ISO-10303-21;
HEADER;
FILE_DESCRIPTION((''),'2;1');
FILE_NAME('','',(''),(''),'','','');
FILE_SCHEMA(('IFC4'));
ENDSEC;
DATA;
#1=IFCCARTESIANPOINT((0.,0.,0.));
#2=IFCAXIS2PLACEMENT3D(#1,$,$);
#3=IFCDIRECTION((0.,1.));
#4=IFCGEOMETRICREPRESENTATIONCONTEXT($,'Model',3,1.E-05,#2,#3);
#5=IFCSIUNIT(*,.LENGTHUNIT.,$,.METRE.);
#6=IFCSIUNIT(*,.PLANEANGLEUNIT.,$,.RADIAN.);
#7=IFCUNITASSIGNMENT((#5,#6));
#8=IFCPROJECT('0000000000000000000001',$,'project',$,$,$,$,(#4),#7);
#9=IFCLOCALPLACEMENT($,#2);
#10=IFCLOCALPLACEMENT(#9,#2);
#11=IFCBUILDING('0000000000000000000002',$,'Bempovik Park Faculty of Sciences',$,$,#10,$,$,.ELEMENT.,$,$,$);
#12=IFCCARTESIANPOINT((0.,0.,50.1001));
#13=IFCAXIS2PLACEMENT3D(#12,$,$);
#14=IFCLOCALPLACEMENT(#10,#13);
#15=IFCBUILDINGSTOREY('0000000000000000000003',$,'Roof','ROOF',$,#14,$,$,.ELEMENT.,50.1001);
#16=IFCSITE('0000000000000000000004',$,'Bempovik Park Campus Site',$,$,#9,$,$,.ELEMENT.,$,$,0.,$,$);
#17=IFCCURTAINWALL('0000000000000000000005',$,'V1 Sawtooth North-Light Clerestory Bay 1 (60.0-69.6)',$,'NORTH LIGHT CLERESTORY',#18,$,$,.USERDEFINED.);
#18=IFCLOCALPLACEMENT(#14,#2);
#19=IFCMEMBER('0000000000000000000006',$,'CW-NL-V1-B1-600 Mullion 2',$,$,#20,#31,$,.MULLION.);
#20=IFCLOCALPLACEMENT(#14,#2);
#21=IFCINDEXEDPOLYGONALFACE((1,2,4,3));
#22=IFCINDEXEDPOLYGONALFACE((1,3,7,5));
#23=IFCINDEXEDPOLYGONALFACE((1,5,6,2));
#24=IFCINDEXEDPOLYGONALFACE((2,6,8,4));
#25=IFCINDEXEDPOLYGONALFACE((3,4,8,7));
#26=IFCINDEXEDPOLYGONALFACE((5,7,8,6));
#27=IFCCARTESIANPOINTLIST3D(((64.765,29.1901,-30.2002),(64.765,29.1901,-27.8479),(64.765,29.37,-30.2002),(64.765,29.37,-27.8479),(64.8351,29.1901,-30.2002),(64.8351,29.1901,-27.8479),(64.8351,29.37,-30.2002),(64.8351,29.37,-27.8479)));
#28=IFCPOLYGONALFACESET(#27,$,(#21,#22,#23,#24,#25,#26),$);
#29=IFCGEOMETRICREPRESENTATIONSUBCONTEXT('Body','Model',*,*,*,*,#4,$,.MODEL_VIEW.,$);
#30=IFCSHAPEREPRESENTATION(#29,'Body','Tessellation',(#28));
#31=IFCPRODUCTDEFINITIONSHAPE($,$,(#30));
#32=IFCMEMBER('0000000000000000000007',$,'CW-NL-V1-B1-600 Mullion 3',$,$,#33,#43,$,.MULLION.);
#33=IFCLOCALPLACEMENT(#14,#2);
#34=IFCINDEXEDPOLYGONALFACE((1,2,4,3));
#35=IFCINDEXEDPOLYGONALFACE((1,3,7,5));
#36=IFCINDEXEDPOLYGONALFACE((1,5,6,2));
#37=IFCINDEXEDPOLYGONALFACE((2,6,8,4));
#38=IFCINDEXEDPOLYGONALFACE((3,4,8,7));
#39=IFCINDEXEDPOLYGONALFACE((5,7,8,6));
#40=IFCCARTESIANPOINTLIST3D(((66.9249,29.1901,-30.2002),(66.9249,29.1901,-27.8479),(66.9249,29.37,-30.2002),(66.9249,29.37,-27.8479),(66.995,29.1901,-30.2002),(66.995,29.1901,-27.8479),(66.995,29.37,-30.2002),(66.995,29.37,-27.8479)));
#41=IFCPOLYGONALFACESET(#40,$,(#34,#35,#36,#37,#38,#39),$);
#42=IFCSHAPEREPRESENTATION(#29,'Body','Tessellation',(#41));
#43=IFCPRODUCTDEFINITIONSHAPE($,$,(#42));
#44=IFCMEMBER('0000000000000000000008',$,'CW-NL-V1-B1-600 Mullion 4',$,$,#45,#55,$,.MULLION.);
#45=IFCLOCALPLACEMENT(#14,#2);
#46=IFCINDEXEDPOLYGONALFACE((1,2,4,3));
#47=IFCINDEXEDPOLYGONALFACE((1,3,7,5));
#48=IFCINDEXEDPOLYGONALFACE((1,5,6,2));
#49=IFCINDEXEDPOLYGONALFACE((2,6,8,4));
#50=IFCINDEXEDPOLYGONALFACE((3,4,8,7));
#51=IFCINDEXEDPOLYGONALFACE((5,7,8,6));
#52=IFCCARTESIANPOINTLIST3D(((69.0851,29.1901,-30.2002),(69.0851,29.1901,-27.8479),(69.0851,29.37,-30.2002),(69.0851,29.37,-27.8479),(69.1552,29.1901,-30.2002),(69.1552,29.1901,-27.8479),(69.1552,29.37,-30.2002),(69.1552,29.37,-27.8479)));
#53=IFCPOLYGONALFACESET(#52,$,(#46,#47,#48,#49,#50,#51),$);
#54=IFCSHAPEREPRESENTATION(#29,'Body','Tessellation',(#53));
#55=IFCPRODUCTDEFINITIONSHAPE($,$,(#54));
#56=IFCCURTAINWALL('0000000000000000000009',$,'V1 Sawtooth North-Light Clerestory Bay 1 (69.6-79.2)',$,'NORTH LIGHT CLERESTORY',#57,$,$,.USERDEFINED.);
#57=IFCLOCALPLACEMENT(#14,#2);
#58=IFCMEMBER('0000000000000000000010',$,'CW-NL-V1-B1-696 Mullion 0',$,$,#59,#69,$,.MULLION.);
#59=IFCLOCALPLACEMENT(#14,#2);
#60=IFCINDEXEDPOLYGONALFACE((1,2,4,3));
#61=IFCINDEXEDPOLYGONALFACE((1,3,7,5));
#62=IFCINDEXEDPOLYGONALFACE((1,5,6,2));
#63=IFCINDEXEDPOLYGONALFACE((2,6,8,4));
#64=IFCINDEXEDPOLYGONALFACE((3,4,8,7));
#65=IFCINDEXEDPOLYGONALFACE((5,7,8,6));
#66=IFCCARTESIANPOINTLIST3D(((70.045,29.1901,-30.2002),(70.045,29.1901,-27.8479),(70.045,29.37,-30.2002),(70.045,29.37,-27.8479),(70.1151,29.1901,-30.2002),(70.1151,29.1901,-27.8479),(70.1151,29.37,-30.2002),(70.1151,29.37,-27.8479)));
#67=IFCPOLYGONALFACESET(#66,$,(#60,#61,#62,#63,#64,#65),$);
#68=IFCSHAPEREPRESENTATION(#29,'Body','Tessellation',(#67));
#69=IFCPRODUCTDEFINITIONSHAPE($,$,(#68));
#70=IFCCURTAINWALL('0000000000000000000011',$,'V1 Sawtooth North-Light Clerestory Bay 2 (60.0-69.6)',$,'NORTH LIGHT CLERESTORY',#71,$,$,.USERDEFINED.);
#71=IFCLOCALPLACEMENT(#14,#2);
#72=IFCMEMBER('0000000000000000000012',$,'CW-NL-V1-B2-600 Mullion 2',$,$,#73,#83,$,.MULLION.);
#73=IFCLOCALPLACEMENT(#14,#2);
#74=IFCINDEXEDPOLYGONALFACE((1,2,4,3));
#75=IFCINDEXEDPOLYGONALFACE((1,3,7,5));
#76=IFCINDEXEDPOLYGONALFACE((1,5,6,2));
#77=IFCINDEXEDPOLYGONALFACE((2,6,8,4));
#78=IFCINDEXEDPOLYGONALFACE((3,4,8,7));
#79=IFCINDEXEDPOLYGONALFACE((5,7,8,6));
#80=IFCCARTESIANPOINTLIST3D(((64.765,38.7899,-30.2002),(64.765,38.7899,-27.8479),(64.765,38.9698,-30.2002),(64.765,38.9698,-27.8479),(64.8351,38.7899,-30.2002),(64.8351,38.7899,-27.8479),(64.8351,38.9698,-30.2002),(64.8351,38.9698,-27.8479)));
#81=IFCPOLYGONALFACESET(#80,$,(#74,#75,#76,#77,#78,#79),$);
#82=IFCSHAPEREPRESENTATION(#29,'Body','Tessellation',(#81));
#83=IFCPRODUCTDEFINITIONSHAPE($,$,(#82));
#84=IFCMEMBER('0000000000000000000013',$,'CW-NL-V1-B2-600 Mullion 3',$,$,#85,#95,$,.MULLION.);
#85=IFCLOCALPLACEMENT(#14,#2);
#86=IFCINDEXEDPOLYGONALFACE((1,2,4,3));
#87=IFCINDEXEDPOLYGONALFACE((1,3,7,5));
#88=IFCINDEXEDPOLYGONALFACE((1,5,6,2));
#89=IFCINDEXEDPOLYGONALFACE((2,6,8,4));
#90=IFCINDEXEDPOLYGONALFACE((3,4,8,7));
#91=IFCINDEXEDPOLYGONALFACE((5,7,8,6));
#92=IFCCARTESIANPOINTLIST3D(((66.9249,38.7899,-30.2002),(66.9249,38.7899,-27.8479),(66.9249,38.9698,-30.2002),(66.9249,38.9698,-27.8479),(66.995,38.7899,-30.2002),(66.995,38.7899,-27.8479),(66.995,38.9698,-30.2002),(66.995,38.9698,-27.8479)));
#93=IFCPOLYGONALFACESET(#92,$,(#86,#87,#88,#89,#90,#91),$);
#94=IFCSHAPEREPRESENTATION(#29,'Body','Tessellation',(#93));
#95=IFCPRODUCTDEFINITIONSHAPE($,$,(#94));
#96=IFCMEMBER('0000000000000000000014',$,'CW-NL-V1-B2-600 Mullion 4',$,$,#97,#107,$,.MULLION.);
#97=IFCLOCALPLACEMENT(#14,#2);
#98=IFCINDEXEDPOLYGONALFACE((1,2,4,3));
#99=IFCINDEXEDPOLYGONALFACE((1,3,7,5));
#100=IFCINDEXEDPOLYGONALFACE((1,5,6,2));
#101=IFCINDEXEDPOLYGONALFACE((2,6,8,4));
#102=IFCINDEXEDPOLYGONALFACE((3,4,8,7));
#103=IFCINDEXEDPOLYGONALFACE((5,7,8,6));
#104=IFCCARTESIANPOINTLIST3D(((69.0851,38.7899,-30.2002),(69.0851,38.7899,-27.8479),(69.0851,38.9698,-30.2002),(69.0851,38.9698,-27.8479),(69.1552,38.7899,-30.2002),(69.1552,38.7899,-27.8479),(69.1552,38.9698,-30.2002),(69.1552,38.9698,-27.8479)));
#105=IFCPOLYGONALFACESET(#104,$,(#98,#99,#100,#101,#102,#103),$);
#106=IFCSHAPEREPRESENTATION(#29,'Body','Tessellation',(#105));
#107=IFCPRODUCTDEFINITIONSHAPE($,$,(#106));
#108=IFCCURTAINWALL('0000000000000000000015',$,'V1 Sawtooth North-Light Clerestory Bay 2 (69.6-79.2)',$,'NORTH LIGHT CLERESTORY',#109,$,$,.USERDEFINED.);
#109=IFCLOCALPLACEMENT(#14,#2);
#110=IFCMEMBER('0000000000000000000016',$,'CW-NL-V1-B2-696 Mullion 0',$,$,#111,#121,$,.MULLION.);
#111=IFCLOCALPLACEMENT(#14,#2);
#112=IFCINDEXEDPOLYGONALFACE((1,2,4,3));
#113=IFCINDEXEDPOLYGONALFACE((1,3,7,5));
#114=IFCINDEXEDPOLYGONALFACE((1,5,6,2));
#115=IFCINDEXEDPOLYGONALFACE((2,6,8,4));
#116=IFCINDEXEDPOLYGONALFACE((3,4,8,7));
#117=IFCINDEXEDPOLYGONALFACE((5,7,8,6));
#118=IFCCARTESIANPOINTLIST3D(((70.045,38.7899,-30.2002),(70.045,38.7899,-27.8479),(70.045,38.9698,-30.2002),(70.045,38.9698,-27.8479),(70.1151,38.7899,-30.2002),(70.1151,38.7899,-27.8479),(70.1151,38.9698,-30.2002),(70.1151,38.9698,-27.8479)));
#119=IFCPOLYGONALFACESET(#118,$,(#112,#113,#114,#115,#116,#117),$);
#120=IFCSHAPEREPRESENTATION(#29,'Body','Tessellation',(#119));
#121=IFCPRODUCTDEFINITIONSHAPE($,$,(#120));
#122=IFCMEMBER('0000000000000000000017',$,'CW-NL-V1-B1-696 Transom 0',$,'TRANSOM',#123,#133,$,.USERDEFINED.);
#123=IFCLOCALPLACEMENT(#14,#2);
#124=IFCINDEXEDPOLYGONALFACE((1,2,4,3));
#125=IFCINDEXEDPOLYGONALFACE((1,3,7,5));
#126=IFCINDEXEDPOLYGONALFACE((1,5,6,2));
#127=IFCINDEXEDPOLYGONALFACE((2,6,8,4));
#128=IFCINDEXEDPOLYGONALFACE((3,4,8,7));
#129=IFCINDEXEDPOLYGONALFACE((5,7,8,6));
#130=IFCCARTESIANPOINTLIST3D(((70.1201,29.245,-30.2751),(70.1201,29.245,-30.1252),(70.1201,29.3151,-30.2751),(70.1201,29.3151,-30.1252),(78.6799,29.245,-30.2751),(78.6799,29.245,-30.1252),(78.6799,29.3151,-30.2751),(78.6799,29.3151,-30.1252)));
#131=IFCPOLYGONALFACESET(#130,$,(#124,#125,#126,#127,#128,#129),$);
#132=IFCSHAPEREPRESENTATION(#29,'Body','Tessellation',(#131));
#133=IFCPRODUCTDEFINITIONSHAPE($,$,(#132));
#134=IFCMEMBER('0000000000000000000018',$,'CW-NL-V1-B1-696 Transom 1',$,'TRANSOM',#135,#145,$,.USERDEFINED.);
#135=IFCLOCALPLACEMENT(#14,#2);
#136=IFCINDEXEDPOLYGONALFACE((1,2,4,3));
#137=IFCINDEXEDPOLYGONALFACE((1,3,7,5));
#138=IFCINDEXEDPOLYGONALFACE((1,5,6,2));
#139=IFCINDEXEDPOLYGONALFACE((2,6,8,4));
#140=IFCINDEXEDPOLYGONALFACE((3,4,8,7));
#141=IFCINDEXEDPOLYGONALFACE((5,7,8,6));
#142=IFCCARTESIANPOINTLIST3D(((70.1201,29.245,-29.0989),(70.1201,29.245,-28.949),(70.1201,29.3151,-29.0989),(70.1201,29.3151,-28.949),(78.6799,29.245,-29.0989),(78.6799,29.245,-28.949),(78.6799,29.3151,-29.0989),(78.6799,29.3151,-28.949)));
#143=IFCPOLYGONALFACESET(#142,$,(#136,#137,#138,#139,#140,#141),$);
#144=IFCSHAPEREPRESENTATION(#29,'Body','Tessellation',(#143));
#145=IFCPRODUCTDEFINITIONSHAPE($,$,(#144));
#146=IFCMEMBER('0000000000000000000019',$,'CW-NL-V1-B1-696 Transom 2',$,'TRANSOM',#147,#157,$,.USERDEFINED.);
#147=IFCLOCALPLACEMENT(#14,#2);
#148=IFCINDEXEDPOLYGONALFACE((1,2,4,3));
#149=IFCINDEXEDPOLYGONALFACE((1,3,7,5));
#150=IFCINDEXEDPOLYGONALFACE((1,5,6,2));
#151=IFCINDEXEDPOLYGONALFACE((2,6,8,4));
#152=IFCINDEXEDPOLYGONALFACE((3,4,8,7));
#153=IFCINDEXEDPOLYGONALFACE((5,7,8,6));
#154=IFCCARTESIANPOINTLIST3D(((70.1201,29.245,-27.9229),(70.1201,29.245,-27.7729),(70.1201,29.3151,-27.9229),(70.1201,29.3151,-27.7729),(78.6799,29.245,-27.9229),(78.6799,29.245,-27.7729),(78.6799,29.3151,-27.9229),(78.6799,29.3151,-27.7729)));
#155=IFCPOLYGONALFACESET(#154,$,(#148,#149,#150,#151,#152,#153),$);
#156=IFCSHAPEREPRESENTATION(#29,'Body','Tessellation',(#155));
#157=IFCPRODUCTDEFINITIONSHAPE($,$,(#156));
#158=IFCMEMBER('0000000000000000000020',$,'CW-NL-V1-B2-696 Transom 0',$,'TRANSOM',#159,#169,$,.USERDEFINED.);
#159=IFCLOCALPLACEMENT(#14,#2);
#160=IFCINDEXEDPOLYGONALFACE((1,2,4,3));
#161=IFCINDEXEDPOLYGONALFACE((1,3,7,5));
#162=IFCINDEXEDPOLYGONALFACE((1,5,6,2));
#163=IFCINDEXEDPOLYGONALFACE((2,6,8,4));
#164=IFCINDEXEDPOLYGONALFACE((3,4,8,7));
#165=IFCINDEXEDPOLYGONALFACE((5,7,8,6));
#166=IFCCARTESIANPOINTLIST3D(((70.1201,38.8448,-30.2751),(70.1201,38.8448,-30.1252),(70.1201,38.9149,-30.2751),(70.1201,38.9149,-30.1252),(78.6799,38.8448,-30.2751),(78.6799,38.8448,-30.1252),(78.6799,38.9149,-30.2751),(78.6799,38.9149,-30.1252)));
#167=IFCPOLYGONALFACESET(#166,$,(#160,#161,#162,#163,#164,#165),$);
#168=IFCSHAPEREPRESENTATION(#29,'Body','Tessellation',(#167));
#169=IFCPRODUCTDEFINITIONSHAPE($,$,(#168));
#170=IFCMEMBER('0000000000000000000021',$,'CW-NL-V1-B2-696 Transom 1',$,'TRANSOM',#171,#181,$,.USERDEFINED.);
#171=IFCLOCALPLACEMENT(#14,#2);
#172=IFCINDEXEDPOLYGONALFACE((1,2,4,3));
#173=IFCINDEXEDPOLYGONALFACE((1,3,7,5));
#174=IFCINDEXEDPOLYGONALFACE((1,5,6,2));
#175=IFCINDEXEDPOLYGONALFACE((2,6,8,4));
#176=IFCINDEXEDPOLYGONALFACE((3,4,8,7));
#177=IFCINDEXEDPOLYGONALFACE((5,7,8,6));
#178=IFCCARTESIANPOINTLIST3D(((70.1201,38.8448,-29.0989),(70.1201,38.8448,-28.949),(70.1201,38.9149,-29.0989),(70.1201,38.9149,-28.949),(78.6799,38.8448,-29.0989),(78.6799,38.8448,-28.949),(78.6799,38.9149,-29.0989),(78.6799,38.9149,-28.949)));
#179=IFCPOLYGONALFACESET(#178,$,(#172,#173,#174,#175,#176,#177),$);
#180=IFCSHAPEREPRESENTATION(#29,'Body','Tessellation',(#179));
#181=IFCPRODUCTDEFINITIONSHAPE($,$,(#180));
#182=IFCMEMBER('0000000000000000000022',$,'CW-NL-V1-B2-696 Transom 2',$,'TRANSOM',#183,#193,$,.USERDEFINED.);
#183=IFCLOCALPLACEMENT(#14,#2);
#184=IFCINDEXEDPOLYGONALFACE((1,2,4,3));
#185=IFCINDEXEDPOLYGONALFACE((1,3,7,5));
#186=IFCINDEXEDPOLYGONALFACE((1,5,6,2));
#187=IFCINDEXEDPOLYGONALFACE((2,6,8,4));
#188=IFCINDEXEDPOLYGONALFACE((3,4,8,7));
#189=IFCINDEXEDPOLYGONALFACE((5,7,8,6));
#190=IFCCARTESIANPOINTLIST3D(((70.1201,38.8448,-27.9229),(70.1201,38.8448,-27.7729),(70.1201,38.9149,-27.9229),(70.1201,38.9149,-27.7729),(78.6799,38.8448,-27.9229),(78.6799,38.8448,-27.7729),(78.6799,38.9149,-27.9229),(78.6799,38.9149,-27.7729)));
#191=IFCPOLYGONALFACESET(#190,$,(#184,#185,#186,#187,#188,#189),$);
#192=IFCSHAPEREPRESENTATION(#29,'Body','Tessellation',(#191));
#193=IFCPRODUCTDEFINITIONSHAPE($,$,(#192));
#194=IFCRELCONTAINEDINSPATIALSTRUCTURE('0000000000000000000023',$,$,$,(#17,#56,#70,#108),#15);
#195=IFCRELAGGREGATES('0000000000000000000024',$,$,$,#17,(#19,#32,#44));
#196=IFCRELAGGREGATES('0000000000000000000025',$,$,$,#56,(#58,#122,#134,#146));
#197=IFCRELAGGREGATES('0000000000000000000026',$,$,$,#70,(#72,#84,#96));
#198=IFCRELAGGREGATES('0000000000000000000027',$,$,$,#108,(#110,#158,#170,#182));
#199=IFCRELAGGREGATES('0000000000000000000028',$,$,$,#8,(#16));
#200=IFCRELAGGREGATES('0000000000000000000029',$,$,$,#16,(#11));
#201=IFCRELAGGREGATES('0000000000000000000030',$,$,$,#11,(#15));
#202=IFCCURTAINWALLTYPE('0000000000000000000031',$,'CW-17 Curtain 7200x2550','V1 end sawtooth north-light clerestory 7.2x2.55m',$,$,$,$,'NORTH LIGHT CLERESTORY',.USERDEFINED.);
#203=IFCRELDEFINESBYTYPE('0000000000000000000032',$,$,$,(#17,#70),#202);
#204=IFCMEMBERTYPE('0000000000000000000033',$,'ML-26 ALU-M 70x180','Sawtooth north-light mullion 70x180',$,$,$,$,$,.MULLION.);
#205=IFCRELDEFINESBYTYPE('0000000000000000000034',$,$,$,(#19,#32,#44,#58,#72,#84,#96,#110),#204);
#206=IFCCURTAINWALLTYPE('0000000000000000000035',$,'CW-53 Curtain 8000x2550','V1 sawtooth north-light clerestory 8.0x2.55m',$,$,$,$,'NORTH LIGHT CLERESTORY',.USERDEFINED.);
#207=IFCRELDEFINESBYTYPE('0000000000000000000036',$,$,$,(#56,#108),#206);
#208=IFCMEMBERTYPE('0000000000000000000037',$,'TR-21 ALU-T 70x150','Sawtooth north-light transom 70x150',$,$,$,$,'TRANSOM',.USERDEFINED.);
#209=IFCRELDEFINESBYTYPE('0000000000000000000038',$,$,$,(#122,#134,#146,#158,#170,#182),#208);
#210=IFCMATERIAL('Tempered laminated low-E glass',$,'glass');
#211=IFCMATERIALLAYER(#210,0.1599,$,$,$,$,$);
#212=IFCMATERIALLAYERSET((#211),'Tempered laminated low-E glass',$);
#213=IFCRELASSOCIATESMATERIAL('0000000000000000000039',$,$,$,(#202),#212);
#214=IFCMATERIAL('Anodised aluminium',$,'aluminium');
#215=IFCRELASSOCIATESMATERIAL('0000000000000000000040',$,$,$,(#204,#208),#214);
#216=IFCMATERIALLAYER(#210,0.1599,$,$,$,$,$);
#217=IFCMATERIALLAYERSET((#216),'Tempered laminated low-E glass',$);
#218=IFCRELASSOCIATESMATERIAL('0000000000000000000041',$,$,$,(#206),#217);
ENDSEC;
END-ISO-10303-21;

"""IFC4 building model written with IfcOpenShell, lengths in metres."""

from ifc_helpers import new_model, si_unit, direction, frame, origin, origin_2d, place, context, subcontext, project, spatial, rectangle, extrude, material, layer, layer_set, material_profile, profile_set, type_object, element, aggregate, save


model = new_model("IFC4")

# Units and contexts
model_context = context("Model", 3, precision=1e-05, world=origin(), true_north=direction((0.0, 1.0)))
body_context = subcontext(model_context, "Body", "Model", "MODEL_VIEW")
ifc_project = project(units=[si_unit("LENGTHUNIT", "METRE"), si_unit("PLANEANGLEUNIT", "RADIAN")], contexts=[model_context])

# Site, building, storey
site_placement = place(None, origin())
site = spatial("IfcSite", under=ifc_project, at=site_placement, Name="Bempovik Park Campus Site", CompositionType="ELEMENT", RefElevation=0.0)
building_placement = place(site_placement, origin())
building = spatial("IfcBuilding", under=site, at=building_placement, Name="Bempovik Park Faculty of Sciences", CompositionType="ELEMENT")
storey_placement = place(building_placement, frame((0.0, 0.0, 50.1001)))
storey = spatial("IfcBuildingStorey", under=building, at=storey_placement, Name="Roof", Description="ROOF", CompositionType="ELEMENT", Elevation=50.1001)

# Curtain wall, members
ifc_material_1 = material(Name="Tempered laminated low-E glass", Category="glass")
ifc_layer_1 = layer(ifc_material_1, 0.1599)
ifc_layer_set_1 = layer_set([ifc_layer_1], Name="Tempered laminated low-E glass")
curtain_wall_type_1 = type_object("IfcCurtainWallType", Name="CW-17 Curtain 7200x2550", Description="V1 end sawtooth north-light clerestory 7.2x2.55m", ElementType="NORTH LIGHT CLERESTORY", PredefinedType="USERDEFINED", material=ifc_layer_set_1)
curtain_wall_1_placement = place(storey_placement, origin())
curtain_wall_1 = element("IfcCurtainWall", 1, at=curtain_wall_1_placement, inside=storey, type_object=curtain_wall_type_1, Name="V1 Sawtooth North-Light Clerestory Bay 1 (60.0-69.6)", ObjectType="NORTH LIGHT CLERESTORY", PredefinedType="USERDEFINED")
ifc_material_2 = material(Name="Anodised aluminium", Category="aluminium")
ifc_material_profile_1 = material_profile(ifc_material_2, rectangle(XDim=0.0701, YDim=0.1799, at=origin_2d()), Name="ALU-M 70x180")
ifc_profile_set_1 = profile_set([ifc_material_profile_1], Name="Anodised aluminium")
member_type_1 = type_object("IfcMemberType", Name="ML-26 ALU-M 70x180", Description="Sawtooth north-light mullion 70x180", PredefinedType="MULLION", material=ifc_profile_set_1)
member_1_placement = place(storey_placement, frame((64.8, 29.28, -30.2002), z_axis=(0.0, 0.0, 1.0), x_axis=(1.0, 0.0, 0.0)))
member_1 = element("IfcMember", 2, at=member_1_placement, type_object=member_type_1, Name="CW-NL-V1-B1-600 Mullion 2", PredefinedType="MULLION", context=body_context, shape_type="SweptSolid", body=[
    extrude(rectangle(XDim=0.0701, YDim=0.1799, at=origin_2d()), origin(), (0.0, 0.0, 1.0), 2.3523),
])
member_2_placement = place(storey_placement, frame((66.96, 29.28, -30.2002), z_axis=(0.0, 0.0, 1.0), x_axis=(1.0, 0.0, 0.0)))
member_2 = element("IfcMember", 3, at=member_2_placement, type_object=member_type_1, Name="CW-NL-V1-B1-600 Mullion 3", PredefinedType="MULLION", context=body_context, shape_type="SweptSolid", body=[
    extrude(rectangle(XDim=0.0701, YDim=0.1799, at=origin_2d()), origin(), (0.0, 0.0, 1.0), 2.3523),
])
member_3_placement = place(storey_placement, frame((69.1201, 29.28, -30.2002), z_axis=(0.0, 0.0, 1.0), x_axis=(1.0, 0.0, 0.0)))
member_3 = element("IfcMember", 4, at=member_3_placement, type_object=member_type_1, Name="CW-NL-V1-B1-600 Mullion 4", PredefinedType="MULLION", context=body_context, shape_type="SweptSolid", body=[
    extrude(rectangle(XDim=0.0701, YDim=0.1799, at=origin_2d()), origin(), (0.0, 0.0, 1.0), 2.3523),
])

# Curtain wall, member
ifc_layer_2 = layer(ifc_material_1, 0.1599)
ifc_layer_set_2 = layer_set([ifc_layer_2], Name="Tempered laminated low-E glass")
curtain_wall_type_2 = type_object("IfcCurtainWallType", Name="CW-53 Curtain 8000x2550", Description="V1 sawtooth north-light clerestory 8.0x2.55m", ElementType="NORTH LIGHT CLERESTORY", PredefinedType="USERDEFINED", material=ifc_layer_set_2)
curtain_wall_2_placement = place(storey_placement, origin())
curtain_wall_2 = element("IfcCurtainWall", 5, at=curtain_wall_2_placement, inside=storey, type_object=curtain_wall_type_2, Name="V1 Sawtooth North-Light Clerestory Bay 1 (69.6-79.2)", ObjectType="NORTH LIGHT CLERESTORY", PredefinedType="USERDEFINED")
member_4_placement = place(storey_placement, frame((70.0801, 29.28, -30.2002), z_axis=(0.0, 0.0, 1.0), x_axis=(1.0, 0.0, 0.0)))
member_4 = element("IfcMember", 6, at=member_4_placement, type_object=member_type_1, Name="CW-NL-V1-B1-696 Mullion 0", PredefinedType="MULLION", context=body_context, shape_type="SweptSolid", body=[
    extrude(rectangle(XDim=0.0701, YDim=0.1799, at=origin_2d()), origin(), (0.0, 0.0, 1.0), 2.3523),
])

# Curtain wall, members
curtain_wall_3_placement = place(storey_placement, origin())
curtain_wall_3 = element("IfcCurtainWall", 7, at=curtain_wall_3_placement, inside=storey, type_object=curtain_wall_type_1, Name="V1 Sawtooth North-Light Clerestory Bay 2 (60.0-69.6)", ObjectType="NORTH LIGHT CLERESTORY", PredefinedType="USERDEFINED")
member_5_placement = place(storey_placement, frame((64.8, 38.8799, -30.2002), z_axis=(0.0, 0.0, 1.0), x_axis=(1.0, 0.0, 0.0)))
member_5 = element("IfcMember", 8, at=member_5_placement, type_object=member_type_1, Name="CW-NL-V1-B2-600 Mullion 2", PredefinedType="MULLION", context=body_context, shape_type="SweptSolid", body=[
    extrude(rectangle(XDim=0.0701, YDim=0.1799, at=origin_2d()), origin(), (0.0, 0.0, 1.0), 2.3523),
])
member_6_placement = place(storey_placement, frame((66.96, 38.8799, -30.2002), z_axis=(0.0, 0.0, 1.0), x_axis=(1.0, 0.0, 0.0)))
member_6 = element("IfcMember", 9, at=member_6_placement, type_object=member_type_1, Name="CW-NL-V1-B2-600 Mullion 3", PredefinedType="MULLION", context=body_context, shape_type="SweptSolid", body=[
    extrude(rectangle(XDim=0.0701, YDim=0.1799, at=origin_2d()), origin(), (0.0, 0.0, 1.0), 2.3523),
])
member_7_placement = place(storey_placement, frame((69.1201, 38.8799, -30.2002), z_axis=(0.0, 0.0, 1.0), x_axis=(1.0, 0.0, 0.0)))
member_7 = element("IfcMember", 10, at=member_7_placement, type_object=member_type_1, Name="CW-NL-V1-B2-600 Mullion 4", PredefinedType="MULLION", context=body_context, shape_type="SweptSolid", body=[
    extrude(rectangle(XDim=0.0701, YDim=0.1799, at=origin_2d()), origin(), (0.0, 0.0, 1.0), 2.3523),
])

# Curtain wall, member
curtain_wall_4_placement = place(storey_placement, origin())
curtain_wall_4 = element("IfcCurtainWall", 11, at=curtain_wall_4_placement, inside=storey, type_object=curtain_wall_type_2, Name="V1 Sawtooth North-Light Clerestory Bay 2 (69.6-79.2)", ObjectType="NORTH LIGHT CLERESTORY", PredefinedType="USERDEFINED")
member_8_placement = place(storey_placement, frame((70.0801, 38.8799, -30.2002), z_axis=(0.0, 0.0, 1.0), x_axis=(1.0, 0.0, 0.0)))
member_8 = element("IfcMember", 12, at=member_8_placement, type_object=member_type_1, Name="CW-NL-V1-B2-696 Mullion 0", PredefinedType="MULLION", context=body_context, shape_type="SweptSolid", body=[
    extrude(rectangle(XDim=0.0701, YDim=0.1799, at=origin_2d()), origin(), (0.0, 0.0, 1.0), 2.3523),
])

# Members
ifc_material_profile_2 = material_profile(ifc_material_2, rectangle(XDim=0.0701, YDim=0.1499, at=origin_2d()), Name="ALU-T 70x150")
ifc_profile_set_2 = profile_set([ifc_material_profile_2], Name="Anodised aluminium")
member_type_2 = type_object("IfcMemberType", Name="TR-21 ALU-T 70x150", Description="Sawtooth north-light transom 70x150", ElementType="TRANSOM", PredefinedType="USERDEFINED", material=ifc_profile_set_2)
member_9_placement = place(storey_placement, frame((70.1201, 29.28, -30.2002), z_axis=(1.0, 0.0, 0.0), x_axis=(0.0, 1.0, 0.0)))
member_9 = element("IfcMember", 13, at=member_9_placement, type_object=member_type_2, Name="CW-NL-V1-B1-696 Transom 0", ObjectType="TRANSOM", PredefinedType="USERDEFINED", context=body_context, shape_type="SweptSolid", body=[
    extrude(rectangle(XDim=0.0701, YDim=0.1499, at=origin_2d()), origin(), (0.0, 0.0, 1.0), 8.5598),
])
member_10_placement = place(storey_placement, frame((70.1201, 29.28, -29.0239), z_axis=(1.0, 0.0, 0.0), x_axis=(0.0, 1.0, 0.0)))
member_10 = element("IfcMember", 14, at=member_10_placement, type_object=member_type_2, Name="CW-NL-V1-B1-696 Transom 1", ObjectType="TRANSOM", PredefinedType="USERDEFINED", context=body_context, shape_type="SweptSolid", body=[
    extrude(rectangle(XDim=0.0701, YDim=0.1499, at=origin_2d()), origin(), (0.0, 0.0, 1.0), 8.5598),
])
member_11_placement = place(storey_placement, frame((70.1201, 29.28, -27.8479), z_axis=(1.0, 0.0, 0.0), x_axis=(0.0, 1.0, 0.0)))
member_11 = element("IfcMember", 15, at=member_11_placement, type_object=member_type_2, Name="CW-NL-V1-B1-696 Transom 2", ObjectType="TRANSOM", PredefinedType="USERDEFINED", context=body_context, shape_type="SweptSolid", body=[
    extrude(rectangle(XDim=0.0701, YDim=0.1499, at=origin_2d()), origin(), (0.0, 0.0, 1.0), 8.5598),
])
member_12_placement = place(storey_placement, frame((70.1201, 38.8799, -30.2002), z_axis=(1.0, 0.0, 0.0), x_axis=(0.0, 1.0, 0.0)))
member_12 = element("IfcMember", 16, at=member_12_placement, type_object=member_type_2, Name="CW-NL-V1-B2-696 Transom 0", ObjectType="TRANSOM", PredefinedType="USERDEFINED", context=body_context, shape_type="SweptSolid", body=[
    extrude(rectangle(XDim=0.0701, YDim=0.1499, at=origin_2d()), origin(), (0.0, 0.0, 1.0), 8.5598),
])
member_13_placement = place(storey_placement, frame((70.1201, 38.8799, -29.0239), z_axis=(1.0, 0.0, 0.0), x_axis=(0.0, 1.0, 0.0)))
member_13 = element("IfcMember", 17, at=member_13_placement, type_object=member_type_2, Name="CW-NL-V1-B2-696 Transom 1", ObjectType="TRANSOM", PredefinedType="USERDEFINED", context=body_context, shape_type="SweptSolid", body=[
    extrude(rectangle(XDim=0.0701, YDim=0.1499, at=origin_2d()), origin(), (0.0, 0.0, 1.0), 8.5598),
])
member_14_placement = place(storey_placement, frame((70.1201, 38.8799, -27.8479), z_axis=(1.0, 0.0, 0.0), x_axis=(0.0, 1.0, 0.0)))
member_14 = element("IfcMember", 18, at=member_14_placement, type_object=member_type_2, Name="CW-NL-V1-B2-696 Transom 2", ObjectType="TRANSOM", PredefinedType="USERDEFINED", context=body_context, shape_type="SweptSolid", body=[
    extrude(rectangle(XDim=0.0701, YDim=0.1499, at=origin_2d()), origin(), (0.0, 0.0, 1.0), 8.5598),
])

aggregate(curtain_wall_1, [member_1, member_2, member_3])
aggregate(curtain_wall_2, [member_4, member_9, member_10, member_11])
aggregate(curtain_wall_3, [member_5, member_6, member_7])
aggregate(curtain_wall_4, [member_8, member_12, member_13, member_14])

save(model, "model.ifc")
